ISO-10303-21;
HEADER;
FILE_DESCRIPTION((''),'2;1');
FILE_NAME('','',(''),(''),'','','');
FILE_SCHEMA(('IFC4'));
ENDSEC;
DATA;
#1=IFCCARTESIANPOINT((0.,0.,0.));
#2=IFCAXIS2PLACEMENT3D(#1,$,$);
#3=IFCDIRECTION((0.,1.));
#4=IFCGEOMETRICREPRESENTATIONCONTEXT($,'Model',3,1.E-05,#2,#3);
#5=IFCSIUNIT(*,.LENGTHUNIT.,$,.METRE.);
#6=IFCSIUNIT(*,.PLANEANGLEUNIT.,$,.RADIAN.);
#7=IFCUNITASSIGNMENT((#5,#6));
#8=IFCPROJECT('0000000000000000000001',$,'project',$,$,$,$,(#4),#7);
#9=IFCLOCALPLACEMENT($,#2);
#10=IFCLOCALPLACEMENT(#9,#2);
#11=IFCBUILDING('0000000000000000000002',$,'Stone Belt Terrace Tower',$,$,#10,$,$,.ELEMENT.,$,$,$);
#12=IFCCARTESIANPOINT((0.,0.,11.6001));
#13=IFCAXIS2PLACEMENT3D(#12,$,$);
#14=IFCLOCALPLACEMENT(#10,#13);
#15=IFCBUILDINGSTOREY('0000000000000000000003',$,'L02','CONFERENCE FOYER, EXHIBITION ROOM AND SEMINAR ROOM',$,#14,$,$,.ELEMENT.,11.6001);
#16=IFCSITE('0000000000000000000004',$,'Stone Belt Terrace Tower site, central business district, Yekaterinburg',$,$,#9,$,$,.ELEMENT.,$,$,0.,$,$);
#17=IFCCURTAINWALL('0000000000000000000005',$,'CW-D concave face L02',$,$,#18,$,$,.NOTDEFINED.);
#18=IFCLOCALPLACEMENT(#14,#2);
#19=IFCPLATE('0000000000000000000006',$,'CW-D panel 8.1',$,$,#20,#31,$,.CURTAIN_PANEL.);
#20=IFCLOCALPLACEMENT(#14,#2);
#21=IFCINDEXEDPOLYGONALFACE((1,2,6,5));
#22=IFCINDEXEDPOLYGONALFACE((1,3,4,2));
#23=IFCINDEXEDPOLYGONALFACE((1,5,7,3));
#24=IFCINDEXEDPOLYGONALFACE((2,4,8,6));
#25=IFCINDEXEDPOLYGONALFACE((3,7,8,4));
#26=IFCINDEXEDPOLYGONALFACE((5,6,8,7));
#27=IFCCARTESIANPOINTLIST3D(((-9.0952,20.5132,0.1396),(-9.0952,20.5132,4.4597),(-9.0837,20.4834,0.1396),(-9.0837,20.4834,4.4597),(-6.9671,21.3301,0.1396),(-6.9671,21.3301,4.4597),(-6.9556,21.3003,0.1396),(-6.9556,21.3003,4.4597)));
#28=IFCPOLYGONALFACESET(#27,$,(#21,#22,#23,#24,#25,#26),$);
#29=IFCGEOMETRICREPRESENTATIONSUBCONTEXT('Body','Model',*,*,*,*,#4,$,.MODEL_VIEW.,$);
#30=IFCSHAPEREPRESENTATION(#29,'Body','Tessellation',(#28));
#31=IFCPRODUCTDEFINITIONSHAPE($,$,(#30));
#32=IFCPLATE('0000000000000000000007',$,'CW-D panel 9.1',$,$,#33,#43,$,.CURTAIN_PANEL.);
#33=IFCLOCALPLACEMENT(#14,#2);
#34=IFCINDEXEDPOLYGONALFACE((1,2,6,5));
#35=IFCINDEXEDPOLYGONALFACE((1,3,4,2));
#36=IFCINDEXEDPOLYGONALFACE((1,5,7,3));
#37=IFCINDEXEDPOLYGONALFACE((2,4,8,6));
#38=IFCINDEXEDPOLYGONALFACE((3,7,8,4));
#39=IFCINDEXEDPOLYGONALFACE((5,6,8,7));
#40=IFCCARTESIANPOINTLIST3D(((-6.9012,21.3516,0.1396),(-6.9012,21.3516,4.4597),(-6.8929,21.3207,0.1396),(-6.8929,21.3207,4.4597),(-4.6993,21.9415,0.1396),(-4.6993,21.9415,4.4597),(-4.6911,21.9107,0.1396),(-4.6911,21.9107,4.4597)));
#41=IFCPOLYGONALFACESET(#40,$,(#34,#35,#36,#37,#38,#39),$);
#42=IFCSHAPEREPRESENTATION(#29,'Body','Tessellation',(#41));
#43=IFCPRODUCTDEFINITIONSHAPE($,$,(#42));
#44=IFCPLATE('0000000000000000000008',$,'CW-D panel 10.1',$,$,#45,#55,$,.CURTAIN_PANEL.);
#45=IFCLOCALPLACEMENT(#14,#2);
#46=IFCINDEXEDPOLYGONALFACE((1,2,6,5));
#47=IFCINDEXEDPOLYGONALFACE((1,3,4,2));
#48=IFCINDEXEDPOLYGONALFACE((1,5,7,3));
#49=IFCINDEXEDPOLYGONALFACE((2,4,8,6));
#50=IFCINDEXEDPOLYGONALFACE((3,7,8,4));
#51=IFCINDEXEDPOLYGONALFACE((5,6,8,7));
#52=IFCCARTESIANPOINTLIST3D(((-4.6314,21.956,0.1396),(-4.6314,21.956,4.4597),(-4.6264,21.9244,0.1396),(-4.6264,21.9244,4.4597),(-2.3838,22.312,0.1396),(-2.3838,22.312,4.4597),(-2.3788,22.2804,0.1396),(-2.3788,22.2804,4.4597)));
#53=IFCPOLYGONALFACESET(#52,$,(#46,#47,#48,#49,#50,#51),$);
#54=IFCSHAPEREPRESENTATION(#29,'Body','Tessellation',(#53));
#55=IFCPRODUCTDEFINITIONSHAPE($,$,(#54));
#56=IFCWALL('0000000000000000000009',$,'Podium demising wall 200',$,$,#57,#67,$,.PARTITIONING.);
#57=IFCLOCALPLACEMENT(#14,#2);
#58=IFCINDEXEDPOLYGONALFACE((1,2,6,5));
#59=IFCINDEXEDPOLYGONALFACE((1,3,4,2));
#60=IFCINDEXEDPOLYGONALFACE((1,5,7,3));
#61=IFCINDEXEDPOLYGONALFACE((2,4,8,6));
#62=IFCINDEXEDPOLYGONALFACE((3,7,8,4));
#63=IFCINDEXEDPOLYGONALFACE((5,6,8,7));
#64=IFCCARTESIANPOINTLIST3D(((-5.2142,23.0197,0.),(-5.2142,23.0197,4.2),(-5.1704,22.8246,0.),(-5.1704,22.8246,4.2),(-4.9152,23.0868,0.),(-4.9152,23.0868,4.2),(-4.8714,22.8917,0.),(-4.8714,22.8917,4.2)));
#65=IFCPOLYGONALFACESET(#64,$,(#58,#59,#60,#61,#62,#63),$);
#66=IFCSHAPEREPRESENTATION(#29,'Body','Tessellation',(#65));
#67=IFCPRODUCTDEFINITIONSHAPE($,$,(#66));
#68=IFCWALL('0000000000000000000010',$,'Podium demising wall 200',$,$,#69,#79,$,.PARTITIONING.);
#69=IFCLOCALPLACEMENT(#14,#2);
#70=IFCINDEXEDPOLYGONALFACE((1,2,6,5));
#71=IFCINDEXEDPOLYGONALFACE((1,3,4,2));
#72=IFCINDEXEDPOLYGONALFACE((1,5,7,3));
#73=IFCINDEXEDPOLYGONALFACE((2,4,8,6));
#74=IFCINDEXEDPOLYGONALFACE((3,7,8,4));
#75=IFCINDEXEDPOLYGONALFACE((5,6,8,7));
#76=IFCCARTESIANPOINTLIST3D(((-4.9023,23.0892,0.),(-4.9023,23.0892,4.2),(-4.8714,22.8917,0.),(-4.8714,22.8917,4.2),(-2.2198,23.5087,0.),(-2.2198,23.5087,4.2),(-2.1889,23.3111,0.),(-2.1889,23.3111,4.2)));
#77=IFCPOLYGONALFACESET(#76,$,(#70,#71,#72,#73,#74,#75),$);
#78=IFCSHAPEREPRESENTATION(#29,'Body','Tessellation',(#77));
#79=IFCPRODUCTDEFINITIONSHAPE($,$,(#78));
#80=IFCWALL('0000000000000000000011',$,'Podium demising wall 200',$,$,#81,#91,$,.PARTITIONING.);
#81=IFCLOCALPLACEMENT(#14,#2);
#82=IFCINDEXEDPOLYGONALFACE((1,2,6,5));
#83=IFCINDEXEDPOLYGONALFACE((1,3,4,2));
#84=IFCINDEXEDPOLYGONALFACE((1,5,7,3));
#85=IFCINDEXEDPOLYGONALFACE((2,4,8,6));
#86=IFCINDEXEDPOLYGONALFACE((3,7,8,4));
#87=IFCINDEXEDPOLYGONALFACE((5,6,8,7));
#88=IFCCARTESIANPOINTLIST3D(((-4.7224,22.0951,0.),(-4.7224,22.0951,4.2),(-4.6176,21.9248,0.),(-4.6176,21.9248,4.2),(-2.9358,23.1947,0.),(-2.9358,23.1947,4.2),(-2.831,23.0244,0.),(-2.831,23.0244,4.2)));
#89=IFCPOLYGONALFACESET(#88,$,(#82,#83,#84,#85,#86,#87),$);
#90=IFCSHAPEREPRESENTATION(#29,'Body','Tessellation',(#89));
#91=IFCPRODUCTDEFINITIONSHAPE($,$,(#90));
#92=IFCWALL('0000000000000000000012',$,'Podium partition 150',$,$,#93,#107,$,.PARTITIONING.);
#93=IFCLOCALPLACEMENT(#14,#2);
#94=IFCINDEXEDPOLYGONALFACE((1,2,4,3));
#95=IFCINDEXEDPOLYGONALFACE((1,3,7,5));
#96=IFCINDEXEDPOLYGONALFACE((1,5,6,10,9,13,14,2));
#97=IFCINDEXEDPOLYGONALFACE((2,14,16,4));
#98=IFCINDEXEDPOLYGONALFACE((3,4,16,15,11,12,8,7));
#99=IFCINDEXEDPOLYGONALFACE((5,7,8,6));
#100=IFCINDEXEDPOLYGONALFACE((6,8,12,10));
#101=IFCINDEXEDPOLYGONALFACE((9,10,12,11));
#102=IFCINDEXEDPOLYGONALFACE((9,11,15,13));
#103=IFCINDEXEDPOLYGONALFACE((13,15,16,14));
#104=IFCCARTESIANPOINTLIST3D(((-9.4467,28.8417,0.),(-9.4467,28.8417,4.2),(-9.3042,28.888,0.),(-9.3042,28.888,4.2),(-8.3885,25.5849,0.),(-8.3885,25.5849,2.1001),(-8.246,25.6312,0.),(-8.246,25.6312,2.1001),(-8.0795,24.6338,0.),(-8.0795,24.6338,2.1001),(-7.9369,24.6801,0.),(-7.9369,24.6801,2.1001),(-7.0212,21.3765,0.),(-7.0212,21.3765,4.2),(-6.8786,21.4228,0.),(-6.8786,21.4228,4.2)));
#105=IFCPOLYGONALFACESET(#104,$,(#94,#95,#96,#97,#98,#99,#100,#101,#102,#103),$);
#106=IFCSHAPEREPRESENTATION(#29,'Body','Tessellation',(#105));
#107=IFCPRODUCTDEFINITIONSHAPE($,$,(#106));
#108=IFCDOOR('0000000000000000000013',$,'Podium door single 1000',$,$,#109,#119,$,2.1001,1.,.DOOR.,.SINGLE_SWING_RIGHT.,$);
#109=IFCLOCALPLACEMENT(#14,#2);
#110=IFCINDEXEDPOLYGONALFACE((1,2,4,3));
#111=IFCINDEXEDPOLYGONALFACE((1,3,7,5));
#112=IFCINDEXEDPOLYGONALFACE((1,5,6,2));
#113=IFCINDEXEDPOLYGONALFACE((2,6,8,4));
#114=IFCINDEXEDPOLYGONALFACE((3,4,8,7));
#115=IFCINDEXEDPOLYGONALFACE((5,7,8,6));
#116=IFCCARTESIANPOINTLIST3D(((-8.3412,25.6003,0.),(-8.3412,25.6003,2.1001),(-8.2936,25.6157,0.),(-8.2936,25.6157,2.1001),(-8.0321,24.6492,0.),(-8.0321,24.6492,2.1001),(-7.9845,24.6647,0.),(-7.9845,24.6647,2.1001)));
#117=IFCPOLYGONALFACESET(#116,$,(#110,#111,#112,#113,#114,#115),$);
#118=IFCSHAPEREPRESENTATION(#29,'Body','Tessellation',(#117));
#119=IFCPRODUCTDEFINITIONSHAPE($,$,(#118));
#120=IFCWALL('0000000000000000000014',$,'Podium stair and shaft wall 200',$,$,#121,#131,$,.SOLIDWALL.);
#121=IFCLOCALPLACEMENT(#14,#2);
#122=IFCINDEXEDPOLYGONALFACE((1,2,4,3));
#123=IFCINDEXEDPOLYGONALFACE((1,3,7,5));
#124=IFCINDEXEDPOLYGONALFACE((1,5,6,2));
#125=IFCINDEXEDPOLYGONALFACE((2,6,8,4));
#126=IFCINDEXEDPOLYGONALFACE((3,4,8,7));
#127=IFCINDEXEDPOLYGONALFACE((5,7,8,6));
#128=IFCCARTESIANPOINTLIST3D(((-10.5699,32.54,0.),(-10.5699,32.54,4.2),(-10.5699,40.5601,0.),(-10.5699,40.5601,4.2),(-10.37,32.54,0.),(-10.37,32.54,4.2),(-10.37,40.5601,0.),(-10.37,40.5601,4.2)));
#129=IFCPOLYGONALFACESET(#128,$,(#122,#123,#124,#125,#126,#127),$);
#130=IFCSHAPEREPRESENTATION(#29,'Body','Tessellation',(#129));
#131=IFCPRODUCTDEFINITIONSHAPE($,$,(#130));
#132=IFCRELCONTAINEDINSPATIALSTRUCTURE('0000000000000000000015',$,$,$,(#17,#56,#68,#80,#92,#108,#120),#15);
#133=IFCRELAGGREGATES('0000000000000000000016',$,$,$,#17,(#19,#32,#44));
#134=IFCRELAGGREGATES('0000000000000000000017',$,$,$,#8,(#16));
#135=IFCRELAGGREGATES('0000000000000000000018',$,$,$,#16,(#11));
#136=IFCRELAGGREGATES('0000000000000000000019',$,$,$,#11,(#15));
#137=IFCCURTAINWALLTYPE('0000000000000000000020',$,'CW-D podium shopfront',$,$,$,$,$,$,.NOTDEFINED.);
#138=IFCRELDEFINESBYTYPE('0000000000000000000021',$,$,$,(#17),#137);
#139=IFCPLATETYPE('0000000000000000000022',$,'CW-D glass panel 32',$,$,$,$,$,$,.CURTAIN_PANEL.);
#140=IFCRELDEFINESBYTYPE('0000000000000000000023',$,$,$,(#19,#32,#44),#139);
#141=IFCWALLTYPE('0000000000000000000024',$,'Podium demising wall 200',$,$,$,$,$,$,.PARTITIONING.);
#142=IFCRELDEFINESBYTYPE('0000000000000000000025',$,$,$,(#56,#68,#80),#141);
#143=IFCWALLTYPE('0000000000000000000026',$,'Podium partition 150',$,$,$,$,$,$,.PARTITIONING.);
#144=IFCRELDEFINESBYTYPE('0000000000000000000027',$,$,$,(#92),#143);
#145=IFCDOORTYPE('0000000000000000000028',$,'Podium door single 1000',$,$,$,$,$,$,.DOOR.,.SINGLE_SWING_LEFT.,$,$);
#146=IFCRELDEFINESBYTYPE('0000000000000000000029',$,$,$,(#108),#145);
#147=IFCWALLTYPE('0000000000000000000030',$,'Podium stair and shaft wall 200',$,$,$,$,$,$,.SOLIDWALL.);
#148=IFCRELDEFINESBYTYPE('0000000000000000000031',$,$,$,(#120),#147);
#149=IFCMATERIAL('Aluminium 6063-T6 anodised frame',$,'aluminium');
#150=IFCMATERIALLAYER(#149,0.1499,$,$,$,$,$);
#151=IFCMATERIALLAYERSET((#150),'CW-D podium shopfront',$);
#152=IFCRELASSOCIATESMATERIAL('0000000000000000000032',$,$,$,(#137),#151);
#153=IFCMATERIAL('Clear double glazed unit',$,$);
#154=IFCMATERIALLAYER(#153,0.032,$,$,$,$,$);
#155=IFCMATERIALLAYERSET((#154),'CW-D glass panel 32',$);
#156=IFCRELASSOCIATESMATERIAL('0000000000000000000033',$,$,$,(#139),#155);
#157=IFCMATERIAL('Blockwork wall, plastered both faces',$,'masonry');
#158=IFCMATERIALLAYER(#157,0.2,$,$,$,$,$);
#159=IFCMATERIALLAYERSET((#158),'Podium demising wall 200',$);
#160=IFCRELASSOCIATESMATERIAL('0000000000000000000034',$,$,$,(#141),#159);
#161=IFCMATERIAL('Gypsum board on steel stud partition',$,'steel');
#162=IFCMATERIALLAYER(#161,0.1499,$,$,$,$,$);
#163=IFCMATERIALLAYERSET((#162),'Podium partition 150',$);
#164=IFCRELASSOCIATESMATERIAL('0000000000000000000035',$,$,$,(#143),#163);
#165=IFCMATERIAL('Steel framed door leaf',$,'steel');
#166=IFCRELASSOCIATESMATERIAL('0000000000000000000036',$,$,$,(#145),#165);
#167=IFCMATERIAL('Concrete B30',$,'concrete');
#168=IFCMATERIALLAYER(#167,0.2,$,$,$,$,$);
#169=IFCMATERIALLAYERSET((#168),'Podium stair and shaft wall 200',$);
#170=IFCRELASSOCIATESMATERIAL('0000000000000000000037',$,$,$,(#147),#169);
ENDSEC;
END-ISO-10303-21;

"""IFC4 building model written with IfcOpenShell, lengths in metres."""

from ifc_helpers import new_model, si_unit, direction, frame, frame_2d, origin, origin_2d, place, context, subcontext, project, spatial, rectangle, extrude, material, layer, layer_set, type_object, element, fill, aggregate, save


model = new_model("IFC4")

# Units and contexts
model_context = context("Model", 3, precision=1e-05, world=origin(), true_north=direction((0.0, 1.0)))
body_context = subcontext(model_context, "Body", "Model", "MODEL_VIEW")
ifc_project = project(units=[si_unit("LENGTHUNIT", "METRE"), si_unit("PLANEANGLEUNIT", "RADIAN")], contexts=[model_context])

# Site, building, storey
site_placement = place(None, origin())
site = spatial("IfcSite", under=ifc_project, at=site_placement, Name="Stone Belt Terrace Tower site, central business district, Yekaterinburg", CompositionType="ELEMENT", RefElevation=0.0)
building_placement = place(site_placement, origin())
building = spatial("IfcBuilding", under=site, at=building_placement, Name="Stone Belt Terrace Tower", CompositionType="ELEMENT")
storey_placement = place(building_placement, frame((0.0, 0.0, 11.6001)))
storey = spatial("IfcBuildingStorey", under=building, at=storey_placement, Name="L02", Description="CONFERENCE FOYER, EXHIBITION ROOM AND SEMINAR ROOM", CompositionType="ELEMENT", Elevation=11.6001)

# Curtain wall, plates
ifc_material_1 = material(Name="Aluminium 6063-T6 anodised frame", Category="aluminium")
ifc_layer_1 = layer(ifc_material_1, 0.1499)
ifc_layer_set_1 = layer_set([ifc_layer_1], Name="CW-D podium shopfront")
curtain_wall_type = type_object("IfcCurtainWallType", Name="CW-D podium shopfront", PredefinedType="NOTDEFINED", material=ifc_layer_set_1)
curtain_wall_placement = place(storey_placement, origin())
curtain_wall = element("IfcCurtainWall", 1, at=curtain_wall_placement, inside=storey, type_object=curtain_wall_type, Name="CW-D concave face L02", PredefinedType="NOTDEFINED")
ifc_material_2 = material(Name="Clear double glazed unit")
ifc_layer_2 = layer(ifc_material_2, 0.032)
ifc_layer_set_2 = layer_set([ifc_layer_2], Name="CW-D glass panel 32")
plate_type = type_object("IfcPlateType", Name="CW-D glass panel 32", PredefinedType="CURTAIN_PANEL", material=ifc_layer_set_2)
plate_1_placement = place(storey_placement, frame((-8.0254, 20.9067, 0.1396), z_axis=(0.0, 0.0, 1.0), x_axis=(0.93358, 0.358368, 0.0)))
plate_1 = element("IfcPlate", 2, at=plate_1_placement, type_object=plate_type, Name="CW-D panel 8.1", PredefinedType="CURTAIN_PANEL", context=body_context, shape_type="SweptSolid", body=[
    extrude(rectangle(XDim=2.2795, YDim=0.032, at=origin_2d()), origin(), (0.0, 0.0, 1.0), 4.3201),
])
plate_2_placement = place(storey_placement, frame((-5.7961, 21.6311, 0.1396), z_axis=(0.0, 0.0, 1.0), x_axis=(0.965926, 0.258819, 0.0)))
plate_2 = element("IfcPlate", 3, at=plate_2_placement, type_object=plate_type, Name="CW-D panel 9.1", PredefinedType="CURTAIN_PANEL", context=body_context, shape_type="SweptSolid", body=[
    extrude(rectangle(XDim=2.2795, YDim=0.032, at=origin_2d()), origin(), (0.0, 0.0, 1.0), 4.3201),
])
plate_3_placement = place(storey_placement, frame((-3.5051, 22.1182, 0.1396), z_axis=(0.0, 0.0, 1.0), x_axis=(0.987688, 0.156434, 0.0)))
plate_3 = element("IfcPlate", 4, at=plate_3_placement, type_object=plate_type, Name="CW-D panel 10.1", PredefinedType="CURTAIN_PANEL", context=body_context, shape_type="SweptSolid", body=[
    extrude(rectangle(XDim=2.2756, YDim=0.032, at=origin_2d()), origin(), (0.0, 0.0, 1.0), 4.3201),
])
aggregate(curtain_wall, [plate_1, plate_2, plate_3])

# Walls
ifc_material_3 = material(Name="Blockwork wall, plastered both faces", Category="masonry")
ifc_layer_3 = layer(ifc_material_3, 0.2)
ifc_layer_set_3 = layer_set([ifc_layer_3], Name="Podium demising wall 200")
wall_type_1 = type_object("IfcWallType", Name="Podium demising wall 200", PredefinedType="PARTITIONING", material=ifc_layer_set_3)
wall_1_placement = place(storey_placement, frame((-5.1924, 22.9221, 0.0), z_axis=(0.0, 0.0, 1.0), x_axis=(0.975716, 0.219038, 0.0)))
element("IfcWall", 5, at=wall_1_placement, inside=storey, type_object=wall_type_1, Name="Podium demising wall 200", PredefinedType="PARTITIONING", context=body_context, shape_type="SweptSolid", body=[
    extrude(rectangle(XDim=0.3064, YDim=0.2, at=frame_2d((0.1533, 0.0))), origin(), (0.0, 0.0, 1.0), 4.2),
])
wall_2_placement = place(storey_placement, frame((-4.8867, 22.9905, 0.0), z_axis=(0.0, 0.0, 1.0), x_axis=(0.987997, 0.154476, 0.0)))
element("IfcWall", 6, at=wall_2_placement, inside=storey, type_object=wall_type_1, Name="Podium demising wall 200", PredefinedType="PARTITIONING", context=body_context, shape_type="SweptSolid", body=[
    extrude(rectangle(XDim=2.7151, YDim=0.2, at=frame_2d((1.3574, 0.0))), origin(), (0.0, 0.0, 1.0), 4.2),
])
wall_3_placement = place(storey_placement, frame((-4.6699, 22.01, 0.0), z_axis=(0.0, 0.0, 1.0), x_axis=(0.851626, 0.524149, 0.0)))
element("IfcWall", 7, at=wall_3_placement, inside=storey, type_object=wall_type_1, Name="Podium demising wall 200", PredefinedType="PARTITIONING", context=body_context, shape_type="SweptSolid", body=[
    extrude(rectangle(XDim=2.0979, YDim=0.2, at=frame_2d((1.0488, 0.0))), origin(), (0.0, 0.0, 1.0), 4.2),
])

# Wall, opening, door
ifc_material_4 = material(Name="Gypsum board on steel stud partition", Category="steel")
ifc_layer_4 = layer(ifc_material_4, 0.1499)
ifc_layer_set_4 = layer_set([ifc_layer_4], Name="Podium partition 150")
wall_type_2 = type_object("IfcWallType", Name="Podium partition 150", PredefinedType="PARTITIONING", material=ifc_layer_set_4)
wall_4_placement = place(storey_placement, frame((-9.3755, 28.865, 0.0), z_axis=(0.0, 0.0, 1.0), x_axis=(0.309015, -0.951057, 0.0)))
wall_4 = element("IfcWall", 8, at=wall_4_placement, inside=storey, type_object=wall_type_2, Name="Podium partition 150", PredefinedType="PARTITIONING", context=body_context, shape_type="SweptSolid", body=[
    extrude(rectangle(XDim=7.8494, YDim=0.1499, at=frame_2d((3.9248, 0.0))), origin(), (0.0, 0.0, 1.0), 4.2),
])
opening_placement = place(wall_4_placement, frame((3.4246, 0.0, 0.0)))
opening = element("IfcOpeningElement", 9, at=opening_placement, cuts=wall_4, PredefinedType="OPENING", context=body_context, shape_type="SweptSolid", body=[
    extrude(rectangle(XDim=1.0, YDim=2.1001, at=frame_2d((0.5, 1.05))), frame((0.0, 0.085, 0.0), z_axis=(0.0, -1.0, 0.0), x_axis=(1.0, 0.0, 0.0)), (0.0, 0.0, 1.0), 0.1699),
])
ifc_material_5 = material(Name="Steel framed door leaf", Category="steel")
door_type = type_object("IfcDoorType", Name="Podium door single 1000", OperationType="SINGLE_SWING_LEFT", PredefinedType="DOOR", material=ifc_material_5)
door_placement = place(opening_placement, origin())
door = element("IfcDoor", 10, at=door_placement, inside=storey, type_object=door_type, Name="Podium door single 1000", OperationType="SINGLE_SWING_RIGHT", OverallHeight=2.1001, OverallWidth=1.0, PredefinedType="DOOR", context=body_context, shape_type="SweptSolid", body=[
    extrude(rectangle(XDim=1.0, YDim=2.1001, at=frame_2d((0.5, 1.05))), frame((0.0, 0.0249, 0.0), z_axis=(0.0, -1.0, 0.0), x_axis=(1.0, 0.0, 0.0)), (0.0, 0.0, 1.0), 0.05),
])
fill(opening, door)

# Wall
ifc_material_6 = material(Name="Concrete B30", Category="concrete")
ifc_layer_5 = layer(ifc_material_6, 0.2)
ifc_layer_set_5 = layer_set([ifc_layer_5], Name="Podium stair and shaft wall 200")
wall_type_3 = type_object("IfcWallType", Name="Podium stair and shaft wall 200", PredefinedType="SOLIDWALL", material=ifc_layer_set_5)
wall_5_placement = place(storey_placement, frame((-10.47, 32.54, 0.0), z_axis=(0.0, 0.0, 1.0), x_axis=(0.0, 1.0, 0.0)))
element("IfcWall", 11, at=wall_5_placement, inside=storey, type_object=wall_type_3, Name="Podium stair and shaft wall 200", PredefinedType="SOLIDWALL", context=body_context, shape_type="SweptSolid", body=[
    extrude(rectangle(XDim=8.02, YDim=0.2, at=frame_2d((4.01, 0.0))), origin(), (0.0, 0.0, 1.0), 4.2),
])

save(model, "model.ifc")
